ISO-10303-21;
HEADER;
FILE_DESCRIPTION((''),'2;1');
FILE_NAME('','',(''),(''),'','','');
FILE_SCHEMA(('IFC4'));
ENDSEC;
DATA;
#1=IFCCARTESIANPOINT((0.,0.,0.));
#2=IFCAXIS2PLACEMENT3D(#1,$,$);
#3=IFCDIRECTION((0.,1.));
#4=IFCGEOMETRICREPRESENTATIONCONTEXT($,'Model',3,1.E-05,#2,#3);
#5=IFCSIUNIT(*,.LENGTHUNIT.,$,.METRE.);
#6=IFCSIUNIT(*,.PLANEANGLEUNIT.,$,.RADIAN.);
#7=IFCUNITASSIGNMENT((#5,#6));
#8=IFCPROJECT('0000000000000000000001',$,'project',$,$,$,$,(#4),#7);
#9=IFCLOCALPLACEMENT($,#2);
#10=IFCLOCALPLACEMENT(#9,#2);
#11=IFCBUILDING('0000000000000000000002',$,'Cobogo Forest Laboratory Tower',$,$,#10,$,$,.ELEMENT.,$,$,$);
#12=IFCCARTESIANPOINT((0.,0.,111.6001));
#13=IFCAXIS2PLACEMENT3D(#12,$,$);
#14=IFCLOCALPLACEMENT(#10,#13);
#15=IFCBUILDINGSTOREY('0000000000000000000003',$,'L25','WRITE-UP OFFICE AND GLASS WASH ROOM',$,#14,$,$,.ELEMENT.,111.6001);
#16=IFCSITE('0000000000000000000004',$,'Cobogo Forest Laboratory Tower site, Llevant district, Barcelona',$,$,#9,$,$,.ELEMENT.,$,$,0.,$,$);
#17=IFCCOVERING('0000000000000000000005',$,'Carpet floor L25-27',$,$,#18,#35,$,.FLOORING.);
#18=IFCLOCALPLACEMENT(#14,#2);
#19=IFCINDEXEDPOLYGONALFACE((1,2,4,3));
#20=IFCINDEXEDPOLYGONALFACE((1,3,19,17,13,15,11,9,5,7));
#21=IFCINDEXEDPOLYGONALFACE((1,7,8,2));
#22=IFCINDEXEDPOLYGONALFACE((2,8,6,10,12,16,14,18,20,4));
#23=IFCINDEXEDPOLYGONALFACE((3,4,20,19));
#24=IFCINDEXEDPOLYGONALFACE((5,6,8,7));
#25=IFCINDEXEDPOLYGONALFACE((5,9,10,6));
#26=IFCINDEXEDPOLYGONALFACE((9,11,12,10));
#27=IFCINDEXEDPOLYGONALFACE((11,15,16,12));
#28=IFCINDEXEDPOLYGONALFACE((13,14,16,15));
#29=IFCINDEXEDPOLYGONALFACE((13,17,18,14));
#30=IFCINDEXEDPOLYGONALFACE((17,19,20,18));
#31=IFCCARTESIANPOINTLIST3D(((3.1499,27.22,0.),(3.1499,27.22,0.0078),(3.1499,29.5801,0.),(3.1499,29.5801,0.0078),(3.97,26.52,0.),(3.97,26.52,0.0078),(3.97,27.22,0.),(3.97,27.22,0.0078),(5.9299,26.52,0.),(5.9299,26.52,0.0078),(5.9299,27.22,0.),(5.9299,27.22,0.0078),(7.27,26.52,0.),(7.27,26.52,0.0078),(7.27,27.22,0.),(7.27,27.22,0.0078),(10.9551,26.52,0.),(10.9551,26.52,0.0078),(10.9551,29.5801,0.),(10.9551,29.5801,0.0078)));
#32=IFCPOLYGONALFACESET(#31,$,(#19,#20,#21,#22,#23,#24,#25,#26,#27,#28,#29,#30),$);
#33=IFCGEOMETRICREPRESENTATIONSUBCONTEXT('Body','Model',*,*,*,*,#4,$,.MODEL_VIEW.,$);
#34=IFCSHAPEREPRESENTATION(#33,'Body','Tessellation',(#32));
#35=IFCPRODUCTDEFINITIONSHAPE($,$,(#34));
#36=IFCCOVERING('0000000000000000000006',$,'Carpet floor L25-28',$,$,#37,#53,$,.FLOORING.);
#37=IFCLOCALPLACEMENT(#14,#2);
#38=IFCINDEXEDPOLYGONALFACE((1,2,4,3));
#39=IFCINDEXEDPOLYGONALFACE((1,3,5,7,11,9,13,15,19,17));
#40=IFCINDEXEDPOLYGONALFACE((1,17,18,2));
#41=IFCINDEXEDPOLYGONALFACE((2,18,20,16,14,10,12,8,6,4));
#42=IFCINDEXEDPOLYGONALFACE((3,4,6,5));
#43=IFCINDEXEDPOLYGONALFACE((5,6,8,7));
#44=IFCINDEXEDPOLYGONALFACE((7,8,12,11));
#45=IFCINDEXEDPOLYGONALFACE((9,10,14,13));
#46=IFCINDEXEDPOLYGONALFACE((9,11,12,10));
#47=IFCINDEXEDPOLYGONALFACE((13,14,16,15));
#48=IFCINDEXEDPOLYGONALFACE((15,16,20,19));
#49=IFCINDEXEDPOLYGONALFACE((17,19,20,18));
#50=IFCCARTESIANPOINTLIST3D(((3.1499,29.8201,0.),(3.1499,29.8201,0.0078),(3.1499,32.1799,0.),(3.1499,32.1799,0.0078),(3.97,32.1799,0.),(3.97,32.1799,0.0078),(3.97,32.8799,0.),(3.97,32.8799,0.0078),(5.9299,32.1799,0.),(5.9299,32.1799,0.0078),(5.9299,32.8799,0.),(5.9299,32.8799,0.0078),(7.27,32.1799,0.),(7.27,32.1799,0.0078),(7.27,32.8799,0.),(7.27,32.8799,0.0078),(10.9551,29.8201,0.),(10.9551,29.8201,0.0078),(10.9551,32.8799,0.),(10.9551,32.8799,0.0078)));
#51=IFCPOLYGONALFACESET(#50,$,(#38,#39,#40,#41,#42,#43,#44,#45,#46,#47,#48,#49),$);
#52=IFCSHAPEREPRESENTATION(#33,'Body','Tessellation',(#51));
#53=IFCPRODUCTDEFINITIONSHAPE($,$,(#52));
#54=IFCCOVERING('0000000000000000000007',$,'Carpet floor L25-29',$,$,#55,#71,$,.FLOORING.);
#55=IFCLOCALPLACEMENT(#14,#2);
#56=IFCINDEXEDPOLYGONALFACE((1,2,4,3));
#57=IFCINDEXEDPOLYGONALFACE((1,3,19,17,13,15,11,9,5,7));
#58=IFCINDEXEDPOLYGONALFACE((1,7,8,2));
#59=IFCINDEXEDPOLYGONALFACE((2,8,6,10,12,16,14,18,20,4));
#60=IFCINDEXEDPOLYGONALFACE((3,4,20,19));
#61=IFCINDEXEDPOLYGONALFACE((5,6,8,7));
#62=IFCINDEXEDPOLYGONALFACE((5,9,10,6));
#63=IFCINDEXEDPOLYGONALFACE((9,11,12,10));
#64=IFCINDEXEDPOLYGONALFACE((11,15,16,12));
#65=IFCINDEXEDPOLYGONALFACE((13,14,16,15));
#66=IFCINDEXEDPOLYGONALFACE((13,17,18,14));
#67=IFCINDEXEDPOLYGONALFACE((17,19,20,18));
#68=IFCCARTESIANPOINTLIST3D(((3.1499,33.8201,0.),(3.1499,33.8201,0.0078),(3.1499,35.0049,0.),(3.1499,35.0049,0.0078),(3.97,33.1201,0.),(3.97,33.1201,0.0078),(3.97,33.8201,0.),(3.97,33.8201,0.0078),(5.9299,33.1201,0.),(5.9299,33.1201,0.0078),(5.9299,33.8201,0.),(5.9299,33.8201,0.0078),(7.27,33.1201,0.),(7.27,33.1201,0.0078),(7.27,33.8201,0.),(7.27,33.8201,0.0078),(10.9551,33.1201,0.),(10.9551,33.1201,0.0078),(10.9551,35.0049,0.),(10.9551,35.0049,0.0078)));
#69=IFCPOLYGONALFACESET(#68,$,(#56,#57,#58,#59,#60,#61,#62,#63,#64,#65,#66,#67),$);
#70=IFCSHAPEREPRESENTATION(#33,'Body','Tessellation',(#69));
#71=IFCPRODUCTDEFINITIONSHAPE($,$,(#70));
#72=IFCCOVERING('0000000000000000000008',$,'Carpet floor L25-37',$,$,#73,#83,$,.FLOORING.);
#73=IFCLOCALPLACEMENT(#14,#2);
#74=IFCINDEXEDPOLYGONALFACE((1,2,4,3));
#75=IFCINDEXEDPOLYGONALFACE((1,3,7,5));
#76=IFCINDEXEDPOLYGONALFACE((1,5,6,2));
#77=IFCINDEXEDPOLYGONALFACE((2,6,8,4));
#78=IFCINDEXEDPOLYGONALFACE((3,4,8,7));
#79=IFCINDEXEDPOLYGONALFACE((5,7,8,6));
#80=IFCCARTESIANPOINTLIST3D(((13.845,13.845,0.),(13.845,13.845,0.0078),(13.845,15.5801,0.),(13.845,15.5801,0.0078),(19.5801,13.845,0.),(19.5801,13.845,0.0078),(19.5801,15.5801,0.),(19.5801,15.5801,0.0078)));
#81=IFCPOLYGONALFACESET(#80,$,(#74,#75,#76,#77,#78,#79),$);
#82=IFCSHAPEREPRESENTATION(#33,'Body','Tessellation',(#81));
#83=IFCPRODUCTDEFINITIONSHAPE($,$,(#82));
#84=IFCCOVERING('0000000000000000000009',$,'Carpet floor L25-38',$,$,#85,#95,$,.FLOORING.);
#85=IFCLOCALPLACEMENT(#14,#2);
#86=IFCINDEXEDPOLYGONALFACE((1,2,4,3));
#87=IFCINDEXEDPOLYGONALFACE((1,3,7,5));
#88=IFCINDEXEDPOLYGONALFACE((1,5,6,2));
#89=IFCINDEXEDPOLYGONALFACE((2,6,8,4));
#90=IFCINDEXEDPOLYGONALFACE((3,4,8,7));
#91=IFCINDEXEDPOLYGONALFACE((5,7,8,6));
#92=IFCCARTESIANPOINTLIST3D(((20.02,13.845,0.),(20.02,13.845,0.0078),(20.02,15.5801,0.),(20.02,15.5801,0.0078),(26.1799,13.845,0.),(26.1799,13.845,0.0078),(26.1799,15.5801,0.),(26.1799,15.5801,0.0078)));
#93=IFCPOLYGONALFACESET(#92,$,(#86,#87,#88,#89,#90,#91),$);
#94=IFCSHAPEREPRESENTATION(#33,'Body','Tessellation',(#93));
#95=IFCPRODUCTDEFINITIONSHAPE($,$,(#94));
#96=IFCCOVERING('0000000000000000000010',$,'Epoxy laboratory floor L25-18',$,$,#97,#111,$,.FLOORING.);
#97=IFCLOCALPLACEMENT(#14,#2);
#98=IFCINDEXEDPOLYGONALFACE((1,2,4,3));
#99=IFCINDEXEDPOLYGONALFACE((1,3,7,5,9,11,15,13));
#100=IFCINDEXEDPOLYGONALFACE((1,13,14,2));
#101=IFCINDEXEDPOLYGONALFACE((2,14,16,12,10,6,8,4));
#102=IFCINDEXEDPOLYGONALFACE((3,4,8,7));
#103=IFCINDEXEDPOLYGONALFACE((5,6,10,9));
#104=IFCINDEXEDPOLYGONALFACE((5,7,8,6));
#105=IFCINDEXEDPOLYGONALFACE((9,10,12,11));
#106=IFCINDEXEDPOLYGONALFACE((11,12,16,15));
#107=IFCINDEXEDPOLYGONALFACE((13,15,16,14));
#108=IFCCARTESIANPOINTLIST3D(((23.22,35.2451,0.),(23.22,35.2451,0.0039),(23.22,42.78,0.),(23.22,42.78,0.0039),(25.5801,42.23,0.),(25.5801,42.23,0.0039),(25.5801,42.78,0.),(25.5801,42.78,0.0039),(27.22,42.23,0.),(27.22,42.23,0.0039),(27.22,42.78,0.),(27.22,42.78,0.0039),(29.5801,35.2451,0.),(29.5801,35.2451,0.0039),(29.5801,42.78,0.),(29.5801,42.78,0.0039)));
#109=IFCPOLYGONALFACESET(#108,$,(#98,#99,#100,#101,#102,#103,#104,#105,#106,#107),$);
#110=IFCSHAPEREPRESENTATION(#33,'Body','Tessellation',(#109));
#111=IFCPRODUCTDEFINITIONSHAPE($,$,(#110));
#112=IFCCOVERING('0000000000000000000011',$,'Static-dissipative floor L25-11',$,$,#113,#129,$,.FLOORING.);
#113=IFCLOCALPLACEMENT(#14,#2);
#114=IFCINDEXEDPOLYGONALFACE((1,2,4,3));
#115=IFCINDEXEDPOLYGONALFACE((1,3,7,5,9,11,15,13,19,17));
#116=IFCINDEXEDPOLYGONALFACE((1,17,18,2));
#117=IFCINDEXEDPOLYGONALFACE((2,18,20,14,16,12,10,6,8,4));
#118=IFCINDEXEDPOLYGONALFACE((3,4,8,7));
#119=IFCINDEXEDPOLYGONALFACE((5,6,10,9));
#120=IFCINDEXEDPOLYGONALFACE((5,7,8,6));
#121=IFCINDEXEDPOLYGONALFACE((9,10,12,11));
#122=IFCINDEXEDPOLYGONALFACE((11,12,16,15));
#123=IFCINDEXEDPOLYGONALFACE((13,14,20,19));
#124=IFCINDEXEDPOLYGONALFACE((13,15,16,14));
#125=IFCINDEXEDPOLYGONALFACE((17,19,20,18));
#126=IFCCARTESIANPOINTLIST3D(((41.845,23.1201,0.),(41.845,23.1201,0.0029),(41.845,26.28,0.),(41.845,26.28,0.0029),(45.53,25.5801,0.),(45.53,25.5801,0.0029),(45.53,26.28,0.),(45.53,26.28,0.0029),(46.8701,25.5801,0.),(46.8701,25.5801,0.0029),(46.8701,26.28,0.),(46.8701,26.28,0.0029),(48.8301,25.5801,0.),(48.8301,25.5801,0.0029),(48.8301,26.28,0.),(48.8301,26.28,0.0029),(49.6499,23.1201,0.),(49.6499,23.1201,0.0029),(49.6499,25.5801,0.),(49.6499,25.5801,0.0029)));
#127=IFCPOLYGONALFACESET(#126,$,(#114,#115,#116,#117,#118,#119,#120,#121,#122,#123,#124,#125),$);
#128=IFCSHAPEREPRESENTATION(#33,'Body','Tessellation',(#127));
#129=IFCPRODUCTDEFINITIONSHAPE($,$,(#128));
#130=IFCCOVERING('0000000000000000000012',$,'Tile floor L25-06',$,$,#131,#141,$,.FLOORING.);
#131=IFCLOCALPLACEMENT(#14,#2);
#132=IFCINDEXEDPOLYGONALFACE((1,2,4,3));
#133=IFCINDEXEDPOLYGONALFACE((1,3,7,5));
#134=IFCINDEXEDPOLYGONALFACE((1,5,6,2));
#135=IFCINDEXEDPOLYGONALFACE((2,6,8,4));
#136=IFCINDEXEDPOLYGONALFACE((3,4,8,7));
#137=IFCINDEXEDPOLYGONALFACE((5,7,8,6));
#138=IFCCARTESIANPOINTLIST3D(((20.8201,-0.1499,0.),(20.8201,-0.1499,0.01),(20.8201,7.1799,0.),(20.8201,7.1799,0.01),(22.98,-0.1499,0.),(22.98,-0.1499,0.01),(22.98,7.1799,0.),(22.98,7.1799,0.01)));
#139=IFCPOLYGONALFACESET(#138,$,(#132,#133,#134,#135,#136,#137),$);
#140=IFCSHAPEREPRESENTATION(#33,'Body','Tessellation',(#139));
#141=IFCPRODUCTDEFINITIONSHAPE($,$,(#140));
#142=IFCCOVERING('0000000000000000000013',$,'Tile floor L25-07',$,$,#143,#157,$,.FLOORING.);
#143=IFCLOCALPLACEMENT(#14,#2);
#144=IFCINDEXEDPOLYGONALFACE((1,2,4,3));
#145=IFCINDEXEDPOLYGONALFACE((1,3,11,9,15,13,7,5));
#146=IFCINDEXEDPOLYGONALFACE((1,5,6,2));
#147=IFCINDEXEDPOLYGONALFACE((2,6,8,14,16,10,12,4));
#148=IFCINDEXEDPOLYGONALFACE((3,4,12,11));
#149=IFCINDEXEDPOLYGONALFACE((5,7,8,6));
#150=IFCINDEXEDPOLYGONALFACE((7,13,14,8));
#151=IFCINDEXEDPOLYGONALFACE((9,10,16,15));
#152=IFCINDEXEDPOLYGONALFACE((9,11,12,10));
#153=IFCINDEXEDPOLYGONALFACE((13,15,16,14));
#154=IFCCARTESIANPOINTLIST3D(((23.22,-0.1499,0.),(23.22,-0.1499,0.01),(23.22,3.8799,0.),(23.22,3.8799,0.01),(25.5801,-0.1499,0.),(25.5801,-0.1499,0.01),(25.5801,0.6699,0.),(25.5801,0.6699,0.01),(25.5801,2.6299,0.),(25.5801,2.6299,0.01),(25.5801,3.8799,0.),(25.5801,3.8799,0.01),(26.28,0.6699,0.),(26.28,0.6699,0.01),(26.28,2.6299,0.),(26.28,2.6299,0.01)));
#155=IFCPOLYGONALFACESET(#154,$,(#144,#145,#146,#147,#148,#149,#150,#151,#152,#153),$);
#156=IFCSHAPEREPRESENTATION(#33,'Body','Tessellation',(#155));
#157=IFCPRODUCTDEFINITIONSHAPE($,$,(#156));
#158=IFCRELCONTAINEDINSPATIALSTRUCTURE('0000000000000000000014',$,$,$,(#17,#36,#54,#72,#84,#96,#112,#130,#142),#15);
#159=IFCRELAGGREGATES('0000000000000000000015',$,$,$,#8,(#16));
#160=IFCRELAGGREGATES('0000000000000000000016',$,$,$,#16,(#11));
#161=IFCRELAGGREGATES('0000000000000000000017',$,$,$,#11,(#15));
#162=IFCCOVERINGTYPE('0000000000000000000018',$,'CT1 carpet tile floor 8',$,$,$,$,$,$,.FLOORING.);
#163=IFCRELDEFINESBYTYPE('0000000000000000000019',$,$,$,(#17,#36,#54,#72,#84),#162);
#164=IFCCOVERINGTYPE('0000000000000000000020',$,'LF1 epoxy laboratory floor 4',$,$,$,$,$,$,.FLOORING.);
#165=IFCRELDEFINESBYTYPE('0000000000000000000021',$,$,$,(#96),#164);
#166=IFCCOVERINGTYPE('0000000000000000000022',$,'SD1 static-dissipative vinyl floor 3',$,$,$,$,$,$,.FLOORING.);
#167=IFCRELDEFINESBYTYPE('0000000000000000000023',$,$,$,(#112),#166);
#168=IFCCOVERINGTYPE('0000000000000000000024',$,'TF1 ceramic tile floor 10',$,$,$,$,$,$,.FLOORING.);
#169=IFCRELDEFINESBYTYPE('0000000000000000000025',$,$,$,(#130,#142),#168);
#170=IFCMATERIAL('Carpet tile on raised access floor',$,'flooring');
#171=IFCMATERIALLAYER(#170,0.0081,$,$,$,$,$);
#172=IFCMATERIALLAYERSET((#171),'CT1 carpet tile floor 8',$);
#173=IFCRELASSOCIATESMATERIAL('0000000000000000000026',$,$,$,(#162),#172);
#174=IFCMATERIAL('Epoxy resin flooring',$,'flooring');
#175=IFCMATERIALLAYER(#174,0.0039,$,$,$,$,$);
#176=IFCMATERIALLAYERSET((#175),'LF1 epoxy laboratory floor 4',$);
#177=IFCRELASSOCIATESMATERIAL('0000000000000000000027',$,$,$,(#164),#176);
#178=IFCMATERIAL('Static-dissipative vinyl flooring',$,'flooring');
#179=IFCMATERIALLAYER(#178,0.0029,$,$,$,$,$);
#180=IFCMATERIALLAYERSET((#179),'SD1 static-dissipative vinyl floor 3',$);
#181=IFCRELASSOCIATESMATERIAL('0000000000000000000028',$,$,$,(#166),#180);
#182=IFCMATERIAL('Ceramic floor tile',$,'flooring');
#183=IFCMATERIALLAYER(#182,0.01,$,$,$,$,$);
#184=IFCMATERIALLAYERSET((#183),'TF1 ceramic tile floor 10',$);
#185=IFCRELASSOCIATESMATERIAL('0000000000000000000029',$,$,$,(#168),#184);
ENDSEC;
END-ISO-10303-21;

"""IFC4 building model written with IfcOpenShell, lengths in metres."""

from ifc_helpers import new_model, si_unit, direction, frame, origin, place, context, subcontext, project, spatial, polyline, outline, extrude, material, layer, layer_set, type_object, element, save


model = new_model("IFC4")

# Units and contexts
model_context = context("Model", 3, precision=1e-05, world=origin(), true_north=direction((0.0, 1.0)))
body_context = subcontext(model_context, "Body", "Model", "MODEL_VIEW")
ifc_project = project(units=[si_unit("LENGTHUNIT", "METRE"), si_unit("PLANEANGLEUNIT", "RADIAN")], contexts=[model_context])

# Site, building, storey
site_placement = place(None, origin())
site = spatial("IfcSite", under=ifc_project, at=site_placement, Name="Cobogo Forest Laboratory Tower site, Llevant district, Barcelona", CompositionType="ELEMENT", RefElevation=0.0)
building_placement = place(site_placement, origin())
building = spatial("IfcBuilding", under=site, at=building_placement, Name="Cobogo Forest Laboratory Tower", CompositionType="ELEMENT")
storey_placement = place(building_placement, frame((0.0, 0.0, 111.6001)))
storey = spatial("IfcBuildingStorey", under=building, at=storey_placement, Name="L25", Description="WRITE-UP OFFICE AND GLASS WASH ROOM", CompositionType="ELEMENT", Elevation=111.6001)

# Coverings
ifc_material_1 = material(Name="Carpet tile on raised access floor", Category="flooring")
ifc_layer_1 = layer(ifc_material_1, 0.0081)
ifc_layer_set_1 = layer_set([ifc_layer_1], Name="CT1 carpet tile floor 8")
covering_type_1 = type_object("IfcCoveringType", Name="CT1 carpet tile floor 8", PredefinedType="FLOORING", material=ifc_layer_set_1)
covering_1_placement = place(storey_placement, origin())
element("IfcCovering", 1, at=covering_1_placement, inside=storey, type_object=covering_type_1, Name="Carpet floor L25-27", PredefinedType="FLOORING", context=body_context, shape_type="SweptSolid", body=[
    extrude(outline(polyline([(10.9551, 26.52), (7.27, 26.52), (7.27, 27.22), (5.9299, 27.22), (5.9299, 26.52), (3.97, 26.52), (3.97, 27.22), (3.1499, 27.22), (3.1499, 29.5801), (10.9551, 29.5801), (10.9551, 26.52)])), origin(), (0.0, 0.0, 1.0), 0.0078),
])
covering_2_placement = place(storey_placement, origin())
element("IfcCovering", 2, at=covering_2_placement, inside=storey, type_object=covering_type_1, Name="Carpet floor L25-28", PredefinedType="FLOORING", context=body_context, shape_type="SweptSolid", body=[
    extrude(outline(polyline([(10.9551, 29.8201), (3.1499, 29.8201), (3.1499, 32.1799), (3.97, 32.1799), (3.97, 32.8799), (5.9299, 32.8799), (5.9299, 32.1799), (7.27, 32.1799), (7.27, 32.8799), (10.9551, 32.8799), (10.9551, 29.8201)])), origin(), (0.0, 0.0, 1.0), 0.0078),
])
covering_3_placement = place(storey_placement, origin())
element("IfcCovering", 3, at=covering_3_placement, inside=storey, type_object=covering_type_1, Name="Carpet floor L25-29", PredefinedType="FLOORING", context=body_context, shape_type="SweptSolid", body=[
    extrude(outline(polyline([(10.9551, 33.1201), (7.27, 33.1201), (7.27, 33.8201), (5.9299, 33.8201), (5.9299, 33.1201), (3.97, 33.1201), (3.97, 33.8201), (3.1499, 33.8201), (3.1499, 35.0049), (10.9551, 35.0049), (10.9551, 33.1201)])), origin(), (0.0, 0.0, 1.0), 0.0078),
])
covering_4_placement = place(storey_placement, origin())
element("IfcCovering", 4, at=covering_4_placement, inside=storey, type_object=covering_type_1, Name="Carpet floor L25-37", PredefinedType="FLOORING", context=body_context, shape_type="SweptSolid", body=[
    extrude(outline(polyline([(19.5801, 13.845), (13.845, 13.845), (13.845, 15.5801), (19.5801, 15.5801), (19.5801, 13.845)])), origin(), (0.0, 0.0, 1.0), 0.0078),
])
covering_5_placement = place(storey_placement, origin())
element("IfcCovering", 5, at=covering_5_placement, inside=storey, type_object=covering_type_1, Name="Carpet floor L25-38", PredefinedType="FLOORING", context=body_context, shape_type="SweptSolid", body=[
    extrude(outline(polyline([(26.1799, 13.845), (20.02, 13.845), (20.02, 15.5801), (26.1799, 15.5801), (26.1799, 13.845)])), origin(), (0.0, 0.0, 1.0), 0.0078),
])
ifc_material_2 = material(Name="Epoxy resin flooring", Category="flooring")
ifc_layer_2 = layer(ifc_material_2, 0.0039)
ifc_layer_set_2 = layer_set([ifc_layer_2], Name="LF1 epoxy laboratory floor 4")
covering_type_2 = type_object("IfcCoveringType", Name="LF1 epoxy laboratory floor 4", PredefinedType="FLOORING", material=ifc_layer_set_2)
covering_6_placement = place(storey_placement, origin())
element("IfcCovering", 6, at=covering_6_placement, inside=storey, type_object=covering_type_2, Name="Epoxy laboratory floor L25-18", PredefinedType="FLOORING", context=body_context, shape_type="SweptSolid", body=[
    extrude(outline(polyline([(23.22, 42.78), (25.5801, 42.78), (25.5801, 42.23), (27.22, 42.23), (27.22, 42.78), (29.5801, 42.78), (29.5801, 35.2451), (23.22, 35.2451), (23.22, 42.78)])), origin(), (0.0, 0.0, 1.0), 0.0039),
])
ifc_material_3 = material(Name="Static-dissipative vinyl flooring", Category="flooring")
ifc_layer_3 = layer(ifc_material_3, 0.0029)
ifc_layer_set_3 = layer_set([ifc_layer_3], Name="SD1 static-dissipative vinyl floor 3")
covering_type_3 = type_object("IfcCoveringType", Name="SD1 static-dissipative vinyl floor 3", PredefinedType="FLOORING", material=ifc_layer_set_3)
covering_7_placement = place(storey_placement, origin())
element("IfcCovering", 7, at=covering_7_placement, inside=storey, type_object=covering_type_3, Name="Static-dissipative floor L25-11", PredefinedType="FLOORING", context=body_context, shape_type="SweptSolid", body=[
    extrude(outline(polyline([(41.845, 26.28), (45.53, 26.28), (45.53, 25.5801), (46.8701, 25.5801), (46.8701, 26.28), (48.8301, 26.28), (48.8301, 25.5801), (49.6499, 25.5801), (49.6499, 23.1201), (41.845, 23.1201), (41.845, 26.28)])), origin(), (0.0, 0.0, 1.0), 0.0029),
])
ifc_material_4 = material(Name="Ceramic floor tile", Category="flooring")
ifc_layer_4 = layer(ifc_material_4, 0.01)
ifc_layer_set_4 = layer_set([ifc_layer_4], Name="TF1 ceramic tile floor 10")
covering_type_4 = type_object("IfcCoveringType", Name="TF1 ceramic tile floor 10", PredefinedType="FLOORING", material=ifc_layer_set_4)
covering_8_placement = place(storey_placement, origin())
element("IfcCovering", 8, at=covering_8_placement, inside=storey, type_object=covering_type_4, Name="Tile floor L25-06", PredefinedType="FLOORING", context=body_context, shape_type="SweptSolid", body=[
    extrude(outline(polyline([(20.8201, 7.1799), (22.98, 7.1799), (22.98, -0.1499), (20.8201, -0.1499), (20.8201, 7.1799)])), origin(), (0.0, 0.0, 1.0), 0.01),
])
covering_9_placement = place(storey_placement, origin())
element("IfcCovering", 9, at=covering_9_placement, inside=storey, type_object=covering_type_4, Name="Tile floor L25-07", PredefinedType="FLOORING", context=body_context, shape_type="SweptSolid", body=[
    extrude(outline(polyline([(25.5801, 3.8799), (25.5801, 2.6299), (26.28, 2.6299), (26.28, 0.6699), (25.5801, 0.6699), (25.5801, -0.1499), (23.22, -0.1499), (23.22, 3.8799), (25.5801, 3.8799)])), origin(), (0.0, 0.0, 1.0), 0.01),
])

save(model, "model.ifc")
